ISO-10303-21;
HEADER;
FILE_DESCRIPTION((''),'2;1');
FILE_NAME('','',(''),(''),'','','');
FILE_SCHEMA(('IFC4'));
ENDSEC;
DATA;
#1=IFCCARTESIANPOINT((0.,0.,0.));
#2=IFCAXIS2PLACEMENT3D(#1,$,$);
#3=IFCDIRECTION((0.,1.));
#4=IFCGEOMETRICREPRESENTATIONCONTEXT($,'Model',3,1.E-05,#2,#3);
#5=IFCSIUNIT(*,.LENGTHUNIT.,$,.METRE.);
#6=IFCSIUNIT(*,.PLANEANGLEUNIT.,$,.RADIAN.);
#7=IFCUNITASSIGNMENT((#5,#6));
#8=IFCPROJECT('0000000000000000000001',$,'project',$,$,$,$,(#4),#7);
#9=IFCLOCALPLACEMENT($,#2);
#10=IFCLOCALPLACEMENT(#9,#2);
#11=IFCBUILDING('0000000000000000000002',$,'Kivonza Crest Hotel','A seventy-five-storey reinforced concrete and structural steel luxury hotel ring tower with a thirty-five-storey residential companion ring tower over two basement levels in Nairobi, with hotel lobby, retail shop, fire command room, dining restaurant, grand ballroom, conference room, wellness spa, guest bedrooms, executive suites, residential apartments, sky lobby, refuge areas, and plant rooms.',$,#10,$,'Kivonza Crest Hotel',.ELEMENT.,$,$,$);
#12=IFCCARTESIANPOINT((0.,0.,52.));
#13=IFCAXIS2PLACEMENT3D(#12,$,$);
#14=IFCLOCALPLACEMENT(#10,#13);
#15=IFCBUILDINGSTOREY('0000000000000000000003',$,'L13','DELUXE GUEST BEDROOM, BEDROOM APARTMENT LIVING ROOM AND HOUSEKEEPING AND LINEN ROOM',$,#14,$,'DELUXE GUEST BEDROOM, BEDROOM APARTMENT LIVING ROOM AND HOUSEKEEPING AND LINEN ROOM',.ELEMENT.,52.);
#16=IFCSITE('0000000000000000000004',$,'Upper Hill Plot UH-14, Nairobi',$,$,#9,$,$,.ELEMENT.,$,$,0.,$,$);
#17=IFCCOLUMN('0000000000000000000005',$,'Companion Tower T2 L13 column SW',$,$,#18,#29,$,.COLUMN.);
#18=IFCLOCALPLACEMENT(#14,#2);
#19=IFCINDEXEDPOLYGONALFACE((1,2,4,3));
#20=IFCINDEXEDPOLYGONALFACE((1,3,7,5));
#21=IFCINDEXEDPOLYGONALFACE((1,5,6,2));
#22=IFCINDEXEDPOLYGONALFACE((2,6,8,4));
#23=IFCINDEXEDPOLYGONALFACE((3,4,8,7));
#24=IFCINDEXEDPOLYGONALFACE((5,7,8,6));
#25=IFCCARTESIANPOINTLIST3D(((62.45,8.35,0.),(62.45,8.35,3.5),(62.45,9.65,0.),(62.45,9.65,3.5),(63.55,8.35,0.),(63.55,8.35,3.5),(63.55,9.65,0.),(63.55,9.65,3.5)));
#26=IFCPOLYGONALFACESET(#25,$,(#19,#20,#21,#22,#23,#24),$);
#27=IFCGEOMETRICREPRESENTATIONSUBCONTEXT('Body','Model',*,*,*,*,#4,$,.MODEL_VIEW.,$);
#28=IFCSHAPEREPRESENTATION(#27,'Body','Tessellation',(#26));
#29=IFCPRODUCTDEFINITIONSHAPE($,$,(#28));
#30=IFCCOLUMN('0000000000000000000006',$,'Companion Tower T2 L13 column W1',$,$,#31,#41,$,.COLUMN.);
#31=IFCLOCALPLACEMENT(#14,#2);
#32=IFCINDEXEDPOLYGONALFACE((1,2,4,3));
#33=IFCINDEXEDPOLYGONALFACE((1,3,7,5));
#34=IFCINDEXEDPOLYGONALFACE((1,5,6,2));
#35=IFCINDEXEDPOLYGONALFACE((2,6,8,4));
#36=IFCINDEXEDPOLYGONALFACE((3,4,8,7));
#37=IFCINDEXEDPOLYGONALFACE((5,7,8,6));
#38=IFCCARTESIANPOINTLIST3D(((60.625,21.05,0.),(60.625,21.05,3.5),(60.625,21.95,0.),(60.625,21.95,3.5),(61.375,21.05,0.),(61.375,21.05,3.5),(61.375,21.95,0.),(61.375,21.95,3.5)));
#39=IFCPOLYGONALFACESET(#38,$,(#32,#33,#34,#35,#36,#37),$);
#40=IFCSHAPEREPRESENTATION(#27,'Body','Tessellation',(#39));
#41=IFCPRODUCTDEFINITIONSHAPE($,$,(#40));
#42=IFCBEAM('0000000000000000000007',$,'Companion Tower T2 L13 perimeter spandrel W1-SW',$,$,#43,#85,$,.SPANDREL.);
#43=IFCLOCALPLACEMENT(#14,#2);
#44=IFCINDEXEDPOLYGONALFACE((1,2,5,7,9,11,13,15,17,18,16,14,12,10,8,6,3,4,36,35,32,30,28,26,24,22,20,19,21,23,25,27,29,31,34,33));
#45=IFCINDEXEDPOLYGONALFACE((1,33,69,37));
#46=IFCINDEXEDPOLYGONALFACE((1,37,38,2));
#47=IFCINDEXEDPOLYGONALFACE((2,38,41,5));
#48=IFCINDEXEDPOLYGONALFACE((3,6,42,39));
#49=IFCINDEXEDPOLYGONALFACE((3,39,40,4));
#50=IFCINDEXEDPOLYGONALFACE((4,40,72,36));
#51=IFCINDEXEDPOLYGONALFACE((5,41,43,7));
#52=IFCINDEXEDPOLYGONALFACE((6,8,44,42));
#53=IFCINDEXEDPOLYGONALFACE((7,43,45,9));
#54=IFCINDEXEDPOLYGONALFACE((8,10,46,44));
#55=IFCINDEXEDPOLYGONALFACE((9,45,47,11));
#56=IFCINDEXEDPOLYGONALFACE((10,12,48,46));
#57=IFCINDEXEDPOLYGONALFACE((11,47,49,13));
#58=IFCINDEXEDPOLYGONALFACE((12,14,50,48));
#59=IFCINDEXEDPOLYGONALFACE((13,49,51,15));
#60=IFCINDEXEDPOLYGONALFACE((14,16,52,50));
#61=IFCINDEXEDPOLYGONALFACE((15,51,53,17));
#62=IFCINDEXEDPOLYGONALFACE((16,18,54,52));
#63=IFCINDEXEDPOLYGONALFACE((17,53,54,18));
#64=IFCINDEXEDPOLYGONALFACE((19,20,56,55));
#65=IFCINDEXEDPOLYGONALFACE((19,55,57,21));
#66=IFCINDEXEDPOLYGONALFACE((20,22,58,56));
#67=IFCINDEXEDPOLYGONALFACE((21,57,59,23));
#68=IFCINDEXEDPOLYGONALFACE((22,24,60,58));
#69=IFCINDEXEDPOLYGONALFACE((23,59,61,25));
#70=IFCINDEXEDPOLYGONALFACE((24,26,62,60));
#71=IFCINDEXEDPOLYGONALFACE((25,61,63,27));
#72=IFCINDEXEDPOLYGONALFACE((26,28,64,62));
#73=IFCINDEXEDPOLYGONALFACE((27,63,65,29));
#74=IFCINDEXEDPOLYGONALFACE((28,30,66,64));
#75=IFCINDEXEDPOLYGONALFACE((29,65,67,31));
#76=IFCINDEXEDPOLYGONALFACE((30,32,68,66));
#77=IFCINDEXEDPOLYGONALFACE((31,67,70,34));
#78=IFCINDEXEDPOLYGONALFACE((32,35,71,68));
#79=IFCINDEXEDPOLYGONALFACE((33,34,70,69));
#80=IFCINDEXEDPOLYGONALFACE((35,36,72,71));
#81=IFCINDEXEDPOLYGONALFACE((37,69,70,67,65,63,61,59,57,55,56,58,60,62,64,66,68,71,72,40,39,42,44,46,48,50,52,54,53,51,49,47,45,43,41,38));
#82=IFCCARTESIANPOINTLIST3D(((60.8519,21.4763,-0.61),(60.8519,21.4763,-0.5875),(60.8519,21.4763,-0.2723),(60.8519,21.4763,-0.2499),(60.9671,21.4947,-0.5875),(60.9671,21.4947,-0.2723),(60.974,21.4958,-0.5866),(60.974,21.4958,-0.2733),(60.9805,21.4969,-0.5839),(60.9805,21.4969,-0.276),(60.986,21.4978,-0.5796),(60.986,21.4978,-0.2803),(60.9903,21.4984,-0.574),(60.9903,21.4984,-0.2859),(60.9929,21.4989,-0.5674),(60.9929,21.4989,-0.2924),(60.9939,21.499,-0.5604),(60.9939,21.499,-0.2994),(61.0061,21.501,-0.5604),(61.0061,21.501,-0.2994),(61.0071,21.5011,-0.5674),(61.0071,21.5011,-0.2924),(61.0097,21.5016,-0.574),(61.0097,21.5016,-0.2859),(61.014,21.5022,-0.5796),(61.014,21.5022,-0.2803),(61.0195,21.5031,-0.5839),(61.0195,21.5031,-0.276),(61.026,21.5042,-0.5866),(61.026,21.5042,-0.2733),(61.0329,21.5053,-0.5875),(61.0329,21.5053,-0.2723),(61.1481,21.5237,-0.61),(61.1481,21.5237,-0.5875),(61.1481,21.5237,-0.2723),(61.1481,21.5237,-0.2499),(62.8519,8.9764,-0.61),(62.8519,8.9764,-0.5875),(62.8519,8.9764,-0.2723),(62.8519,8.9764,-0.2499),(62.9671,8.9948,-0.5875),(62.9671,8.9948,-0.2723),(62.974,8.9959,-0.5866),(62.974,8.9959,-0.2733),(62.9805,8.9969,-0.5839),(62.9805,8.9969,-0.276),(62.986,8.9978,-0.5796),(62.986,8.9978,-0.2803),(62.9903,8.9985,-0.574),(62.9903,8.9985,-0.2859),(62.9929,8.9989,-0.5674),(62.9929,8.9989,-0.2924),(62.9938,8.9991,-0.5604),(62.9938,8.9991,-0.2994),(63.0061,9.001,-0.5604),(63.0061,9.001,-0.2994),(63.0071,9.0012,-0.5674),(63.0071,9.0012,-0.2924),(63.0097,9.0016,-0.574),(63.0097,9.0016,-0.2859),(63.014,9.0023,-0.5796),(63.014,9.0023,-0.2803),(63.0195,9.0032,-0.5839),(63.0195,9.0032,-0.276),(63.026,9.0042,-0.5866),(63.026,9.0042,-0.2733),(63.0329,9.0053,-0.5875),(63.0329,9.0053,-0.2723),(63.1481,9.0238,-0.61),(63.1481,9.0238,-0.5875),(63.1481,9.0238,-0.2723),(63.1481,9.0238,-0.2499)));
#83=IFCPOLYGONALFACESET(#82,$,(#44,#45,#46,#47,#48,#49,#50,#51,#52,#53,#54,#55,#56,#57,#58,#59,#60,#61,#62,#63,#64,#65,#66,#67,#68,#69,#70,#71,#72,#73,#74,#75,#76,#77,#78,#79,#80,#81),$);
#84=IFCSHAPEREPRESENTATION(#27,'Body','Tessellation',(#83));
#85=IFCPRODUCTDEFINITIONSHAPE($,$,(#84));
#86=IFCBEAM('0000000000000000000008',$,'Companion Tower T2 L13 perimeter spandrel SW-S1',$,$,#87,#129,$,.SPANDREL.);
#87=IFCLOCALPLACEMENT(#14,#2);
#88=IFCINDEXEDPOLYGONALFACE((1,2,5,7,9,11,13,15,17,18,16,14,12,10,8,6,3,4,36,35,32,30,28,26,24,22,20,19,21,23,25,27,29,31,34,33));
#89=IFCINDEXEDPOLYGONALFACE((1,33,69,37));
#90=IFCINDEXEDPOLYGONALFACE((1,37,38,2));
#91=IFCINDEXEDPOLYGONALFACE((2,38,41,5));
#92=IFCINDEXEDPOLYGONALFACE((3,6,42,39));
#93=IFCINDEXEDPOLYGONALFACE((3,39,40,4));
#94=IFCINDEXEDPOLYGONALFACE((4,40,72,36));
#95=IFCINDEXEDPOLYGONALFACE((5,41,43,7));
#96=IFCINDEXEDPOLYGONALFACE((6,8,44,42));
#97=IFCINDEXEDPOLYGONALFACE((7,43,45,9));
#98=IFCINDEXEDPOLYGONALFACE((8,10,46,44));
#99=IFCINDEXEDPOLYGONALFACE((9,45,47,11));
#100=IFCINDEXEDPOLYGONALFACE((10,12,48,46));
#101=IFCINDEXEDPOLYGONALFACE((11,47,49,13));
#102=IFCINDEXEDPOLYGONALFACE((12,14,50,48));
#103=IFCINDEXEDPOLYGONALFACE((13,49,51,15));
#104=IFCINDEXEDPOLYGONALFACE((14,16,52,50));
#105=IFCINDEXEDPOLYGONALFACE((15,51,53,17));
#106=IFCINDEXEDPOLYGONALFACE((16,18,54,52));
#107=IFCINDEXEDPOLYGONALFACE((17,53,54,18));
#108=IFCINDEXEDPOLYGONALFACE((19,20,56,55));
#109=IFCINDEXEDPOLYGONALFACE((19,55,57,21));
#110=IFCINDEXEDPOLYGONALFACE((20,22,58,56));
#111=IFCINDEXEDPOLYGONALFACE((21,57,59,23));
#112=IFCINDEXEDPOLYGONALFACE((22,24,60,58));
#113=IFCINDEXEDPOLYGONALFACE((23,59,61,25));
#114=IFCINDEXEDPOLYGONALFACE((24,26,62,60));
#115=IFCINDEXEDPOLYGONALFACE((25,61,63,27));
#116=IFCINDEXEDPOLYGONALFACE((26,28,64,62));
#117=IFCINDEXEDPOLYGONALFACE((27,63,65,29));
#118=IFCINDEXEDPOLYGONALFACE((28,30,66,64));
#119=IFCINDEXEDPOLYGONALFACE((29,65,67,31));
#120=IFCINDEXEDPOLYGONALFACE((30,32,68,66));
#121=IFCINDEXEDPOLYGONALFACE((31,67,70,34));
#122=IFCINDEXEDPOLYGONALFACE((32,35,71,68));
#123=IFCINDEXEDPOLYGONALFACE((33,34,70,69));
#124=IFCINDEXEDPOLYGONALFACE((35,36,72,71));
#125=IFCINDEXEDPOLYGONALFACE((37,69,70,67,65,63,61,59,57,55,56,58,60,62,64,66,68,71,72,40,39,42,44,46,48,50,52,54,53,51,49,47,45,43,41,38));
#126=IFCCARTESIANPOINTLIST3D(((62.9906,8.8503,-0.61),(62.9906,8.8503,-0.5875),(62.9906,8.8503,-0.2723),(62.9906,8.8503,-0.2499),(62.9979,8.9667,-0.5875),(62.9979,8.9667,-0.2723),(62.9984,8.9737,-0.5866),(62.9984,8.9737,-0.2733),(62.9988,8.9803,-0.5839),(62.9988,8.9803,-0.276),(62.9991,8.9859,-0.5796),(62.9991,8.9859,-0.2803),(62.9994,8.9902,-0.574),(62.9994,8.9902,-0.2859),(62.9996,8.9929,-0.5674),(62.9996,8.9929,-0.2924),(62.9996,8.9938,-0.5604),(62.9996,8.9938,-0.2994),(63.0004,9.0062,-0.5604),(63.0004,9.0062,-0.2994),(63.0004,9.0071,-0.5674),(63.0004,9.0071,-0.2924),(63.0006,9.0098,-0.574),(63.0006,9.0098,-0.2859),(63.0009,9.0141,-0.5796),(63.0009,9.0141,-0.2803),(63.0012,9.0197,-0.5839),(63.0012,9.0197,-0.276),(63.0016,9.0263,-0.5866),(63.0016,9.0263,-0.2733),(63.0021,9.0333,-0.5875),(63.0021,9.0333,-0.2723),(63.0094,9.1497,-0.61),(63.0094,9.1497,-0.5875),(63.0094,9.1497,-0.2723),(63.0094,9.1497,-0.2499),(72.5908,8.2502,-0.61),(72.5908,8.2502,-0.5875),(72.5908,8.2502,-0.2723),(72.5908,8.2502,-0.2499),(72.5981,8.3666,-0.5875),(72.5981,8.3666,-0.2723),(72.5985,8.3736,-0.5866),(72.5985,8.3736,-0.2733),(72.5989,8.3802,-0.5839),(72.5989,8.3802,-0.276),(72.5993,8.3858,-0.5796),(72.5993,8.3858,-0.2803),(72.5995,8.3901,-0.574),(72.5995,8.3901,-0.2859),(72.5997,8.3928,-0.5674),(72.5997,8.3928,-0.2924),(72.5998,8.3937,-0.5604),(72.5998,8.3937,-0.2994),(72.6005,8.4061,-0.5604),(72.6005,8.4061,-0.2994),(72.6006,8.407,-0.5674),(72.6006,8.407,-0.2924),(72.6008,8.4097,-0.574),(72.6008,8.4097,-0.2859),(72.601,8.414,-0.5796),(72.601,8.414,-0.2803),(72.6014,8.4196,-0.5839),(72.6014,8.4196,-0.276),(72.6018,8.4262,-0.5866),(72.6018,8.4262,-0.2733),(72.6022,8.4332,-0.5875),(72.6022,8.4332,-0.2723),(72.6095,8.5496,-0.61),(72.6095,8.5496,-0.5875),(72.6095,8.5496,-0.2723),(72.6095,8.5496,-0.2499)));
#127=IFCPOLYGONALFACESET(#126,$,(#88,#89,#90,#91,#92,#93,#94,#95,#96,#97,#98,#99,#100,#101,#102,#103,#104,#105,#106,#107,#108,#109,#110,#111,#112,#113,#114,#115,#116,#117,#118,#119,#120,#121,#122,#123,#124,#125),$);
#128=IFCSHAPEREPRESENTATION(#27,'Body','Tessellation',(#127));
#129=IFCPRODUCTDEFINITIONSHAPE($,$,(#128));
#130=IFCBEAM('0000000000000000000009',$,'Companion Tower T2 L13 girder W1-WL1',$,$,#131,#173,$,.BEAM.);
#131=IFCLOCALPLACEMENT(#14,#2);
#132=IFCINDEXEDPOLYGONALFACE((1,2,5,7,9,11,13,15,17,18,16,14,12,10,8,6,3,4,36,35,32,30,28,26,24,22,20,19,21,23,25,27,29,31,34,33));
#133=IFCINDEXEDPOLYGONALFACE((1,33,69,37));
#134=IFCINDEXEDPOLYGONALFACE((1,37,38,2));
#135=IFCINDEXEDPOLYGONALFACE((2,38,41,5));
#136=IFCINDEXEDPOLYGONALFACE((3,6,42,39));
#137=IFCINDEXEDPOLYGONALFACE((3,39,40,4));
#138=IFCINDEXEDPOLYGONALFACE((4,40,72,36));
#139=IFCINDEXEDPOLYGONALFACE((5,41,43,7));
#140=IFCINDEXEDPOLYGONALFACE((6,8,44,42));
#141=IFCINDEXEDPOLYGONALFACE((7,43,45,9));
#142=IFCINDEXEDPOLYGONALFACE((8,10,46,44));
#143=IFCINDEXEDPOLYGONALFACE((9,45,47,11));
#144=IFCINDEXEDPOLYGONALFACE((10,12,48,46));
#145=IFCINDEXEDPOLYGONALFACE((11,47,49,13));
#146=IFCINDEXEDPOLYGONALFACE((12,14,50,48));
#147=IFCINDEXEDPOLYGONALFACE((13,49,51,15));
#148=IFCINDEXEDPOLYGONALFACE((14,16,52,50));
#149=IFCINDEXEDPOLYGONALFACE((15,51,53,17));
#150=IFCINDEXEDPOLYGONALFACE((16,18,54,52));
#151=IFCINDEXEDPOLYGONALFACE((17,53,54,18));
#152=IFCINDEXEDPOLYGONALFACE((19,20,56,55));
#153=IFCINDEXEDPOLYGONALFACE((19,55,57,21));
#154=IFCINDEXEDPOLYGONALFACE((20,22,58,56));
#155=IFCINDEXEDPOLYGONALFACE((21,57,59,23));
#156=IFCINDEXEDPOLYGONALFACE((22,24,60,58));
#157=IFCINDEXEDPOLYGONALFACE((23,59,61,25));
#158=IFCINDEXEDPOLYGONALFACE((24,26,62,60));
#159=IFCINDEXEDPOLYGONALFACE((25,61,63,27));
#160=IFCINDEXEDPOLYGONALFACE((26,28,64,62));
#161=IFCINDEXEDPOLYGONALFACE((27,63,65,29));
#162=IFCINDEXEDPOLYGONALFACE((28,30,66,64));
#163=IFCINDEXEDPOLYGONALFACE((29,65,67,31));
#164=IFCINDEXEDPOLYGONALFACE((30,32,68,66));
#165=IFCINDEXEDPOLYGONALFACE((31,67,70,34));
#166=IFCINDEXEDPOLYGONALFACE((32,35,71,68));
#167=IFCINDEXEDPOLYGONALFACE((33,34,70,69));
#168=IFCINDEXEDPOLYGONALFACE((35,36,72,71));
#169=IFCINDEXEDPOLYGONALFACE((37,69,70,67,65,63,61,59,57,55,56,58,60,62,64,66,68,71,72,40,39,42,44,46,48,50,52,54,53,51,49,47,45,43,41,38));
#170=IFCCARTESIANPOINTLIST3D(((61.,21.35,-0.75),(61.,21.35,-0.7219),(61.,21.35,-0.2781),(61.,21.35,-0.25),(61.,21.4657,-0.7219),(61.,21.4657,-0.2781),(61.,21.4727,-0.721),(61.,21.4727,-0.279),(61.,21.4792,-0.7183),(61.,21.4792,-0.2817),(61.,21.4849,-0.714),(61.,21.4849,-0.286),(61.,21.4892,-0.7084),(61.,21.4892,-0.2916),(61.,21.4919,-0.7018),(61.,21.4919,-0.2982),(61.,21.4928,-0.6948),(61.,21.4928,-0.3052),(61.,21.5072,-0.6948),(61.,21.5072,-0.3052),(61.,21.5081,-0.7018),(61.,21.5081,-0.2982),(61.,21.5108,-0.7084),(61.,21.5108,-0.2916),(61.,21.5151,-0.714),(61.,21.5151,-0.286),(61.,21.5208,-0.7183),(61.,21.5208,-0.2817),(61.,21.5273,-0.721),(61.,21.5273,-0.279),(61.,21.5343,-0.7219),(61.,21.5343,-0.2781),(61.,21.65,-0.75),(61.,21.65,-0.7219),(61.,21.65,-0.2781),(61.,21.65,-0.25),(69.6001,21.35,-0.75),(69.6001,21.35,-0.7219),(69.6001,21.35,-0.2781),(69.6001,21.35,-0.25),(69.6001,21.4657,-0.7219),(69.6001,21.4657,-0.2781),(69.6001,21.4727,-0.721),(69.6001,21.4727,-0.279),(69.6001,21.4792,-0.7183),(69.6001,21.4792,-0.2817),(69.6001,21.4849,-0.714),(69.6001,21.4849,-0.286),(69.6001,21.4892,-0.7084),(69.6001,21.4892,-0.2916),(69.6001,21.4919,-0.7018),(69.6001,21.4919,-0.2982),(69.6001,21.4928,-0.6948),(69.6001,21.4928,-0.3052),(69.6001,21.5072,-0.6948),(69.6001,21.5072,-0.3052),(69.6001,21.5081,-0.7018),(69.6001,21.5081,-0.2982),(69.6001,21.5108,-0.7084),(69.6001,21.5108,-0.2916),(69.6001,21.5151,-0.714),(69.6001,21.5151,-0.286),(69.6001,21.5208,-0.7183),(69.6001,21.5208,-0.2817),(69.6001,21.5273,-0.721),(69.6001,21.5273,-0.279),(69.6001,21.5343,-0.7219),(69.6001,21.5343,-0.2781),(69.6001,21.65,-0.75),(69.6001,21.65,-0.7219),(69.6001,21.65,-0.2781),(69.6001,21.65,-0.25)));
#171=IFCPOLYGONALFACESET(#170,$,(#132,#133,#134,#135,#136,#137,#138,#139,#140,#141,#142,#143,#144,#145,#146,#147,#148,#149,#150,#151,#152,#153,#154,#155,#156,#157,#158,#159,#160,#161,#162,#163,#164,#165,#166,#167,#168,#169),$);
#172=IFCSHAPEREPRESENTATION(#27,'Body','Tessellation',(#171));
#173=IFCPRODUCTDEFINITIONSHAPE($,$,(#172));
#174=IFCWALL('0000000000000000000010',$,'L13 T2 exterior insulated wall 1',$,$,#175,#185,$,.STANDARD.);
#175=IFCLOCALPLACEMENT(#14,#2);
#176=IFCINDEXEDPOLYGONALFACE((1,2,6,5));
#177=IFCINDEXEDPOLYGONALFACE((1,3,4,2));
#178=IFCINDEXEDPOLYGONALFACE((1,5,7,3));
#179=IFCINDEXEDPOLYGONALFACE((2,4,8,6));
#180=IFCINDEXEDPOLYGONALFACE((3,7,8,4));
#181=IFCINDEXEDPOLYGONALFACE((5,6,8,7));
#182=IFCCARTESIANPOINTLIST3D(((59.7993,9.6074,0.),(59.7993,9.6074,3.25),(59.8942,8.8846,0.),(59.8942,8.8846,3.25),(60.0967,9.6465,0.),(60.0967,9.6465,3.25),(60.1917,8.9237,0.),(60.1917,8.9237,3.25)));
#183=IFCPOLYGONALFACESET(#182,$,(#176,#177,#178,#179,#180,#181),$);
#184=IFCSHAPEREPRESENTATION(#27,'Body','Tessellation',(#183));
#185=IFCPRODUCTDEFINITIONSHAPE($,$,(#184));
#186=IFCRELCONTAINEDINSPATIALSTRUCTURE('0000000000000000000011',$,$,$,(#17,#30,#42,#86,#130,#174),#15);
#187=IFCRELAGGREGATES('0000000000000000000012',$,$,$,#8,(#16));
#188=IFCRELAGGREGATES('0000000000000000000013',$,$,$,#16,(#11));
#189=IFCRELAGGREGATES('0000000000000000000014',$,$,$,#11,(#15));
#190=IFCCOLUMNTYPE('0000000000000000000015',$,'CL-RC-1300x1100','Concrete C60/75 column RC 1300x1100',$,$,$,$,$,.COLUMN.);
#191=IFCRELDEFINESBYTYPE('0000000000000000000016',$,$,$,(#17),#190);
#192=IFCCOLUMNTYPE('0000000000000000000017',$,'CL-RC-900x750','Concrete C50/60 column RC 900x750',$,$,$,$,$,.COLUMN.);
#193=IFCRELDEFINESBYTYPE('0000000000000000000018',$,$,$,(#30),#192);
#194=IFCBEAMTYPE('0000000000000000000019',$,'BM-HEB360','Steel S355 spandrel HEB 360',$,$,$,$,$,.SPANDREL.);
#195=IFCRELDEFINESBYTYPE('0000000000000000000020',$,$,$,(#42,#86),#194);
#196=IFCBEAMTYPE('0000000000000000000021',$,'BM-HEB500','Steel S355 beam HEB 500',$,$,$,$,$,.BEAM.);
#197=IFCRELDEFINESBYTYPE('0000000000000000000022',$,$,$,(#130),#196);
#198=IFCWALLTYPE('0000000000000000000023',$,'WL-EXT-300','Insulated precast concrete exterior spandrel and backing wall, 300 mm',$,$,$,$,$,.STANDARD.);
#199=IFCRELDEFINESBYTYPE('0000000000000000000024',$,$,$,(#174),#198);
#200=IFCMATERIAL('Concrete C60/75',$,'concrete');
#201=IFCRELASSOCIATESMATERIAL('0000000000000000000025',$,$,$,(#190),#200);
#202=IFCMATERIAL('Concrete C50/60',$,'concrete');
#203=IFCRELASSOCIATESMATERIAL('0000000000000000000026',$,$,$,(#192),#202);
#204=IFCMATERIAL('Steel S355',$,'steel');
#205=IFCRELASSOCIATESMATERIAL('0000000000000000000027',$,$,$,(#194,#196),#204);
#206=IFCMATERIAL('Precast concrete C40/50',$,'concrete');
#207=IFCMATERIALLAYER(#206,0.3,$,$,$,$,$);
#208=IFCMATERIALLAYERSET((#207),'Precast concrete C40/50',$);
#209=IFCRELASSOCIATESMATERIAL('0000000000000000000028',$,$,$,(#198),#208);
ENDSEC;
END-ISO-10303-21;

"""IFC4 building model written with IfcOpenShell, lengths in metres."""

from ifc_helpers import new_model, si_unit, direction, frame, frame_2d, origin, origin_2d, place, context, subcontext, project, spatial, rectangle, i_section, extrude, material, layer, layer_set, material_profile, profile_set, type_object, element, save


model = new_model("IFC4")

# Units and contexts
model_context = context("Model", 3, precision=1e-05, world=origin(), true_north=direction((0.0, 1.0)))
body_context = subcontext(model_context, "Body", "Model", "MODEL_VIEW")
ifc_project = project(units=[si_unit("LENGTHUNIT", "METRE"), si_unit("PLANEANGLEUNIT", "RADIAN")], contexts=[model_context])

# Site, building, storey
site_placement = place(None, origin())
site = spatial("IfcSite", under=ifc_project, at=site_placement, Name="Upper Hill Plot UH-14, Nairobi", CompositionType="ELEMENT", RefElevation=0.0)
building_placement = place(site_placement, origin())
building = spatial("IfcBuilding", under=site, at=building_placement, Name="Kivonza Crest Hotel", Description="A seventy-five-storey reinforced concrete and structural steel luxury hotel ring tower with a thirty-five-storey residential companion ring tower over two basement levels in Nairobi, with hotel lobby, retail shop, fire command room, dining restaurant, grand ballroom, conference room, wellness spa, guest bedrooms, executive suites, residential apartments, sky lobby, refuge areas, and plant rooms.", LongName="Kivonza Crest Hotel", CompositionType="ELEMENT")
storey_placement = place(building_placement, frame((0.0, 0.0, 52.0)))
storey = spatial("IfcBuildingStorey", under=building, at=storey_placement, Name="L13", Description="DELUXE GUEST BEDROOM, BEDROOM APARTMENT LIVING ROOM AND HOUSEKEEPING AND LINEN ROOM", LongName="DELUXE GUEST BEDROOM, BEDROOM APARTMENT LIVING ROOM AND HOUSEKEEPING AND LINEN ROOM", CompositionType="ELEMENT", Elevation=52.0)

# Columns
ifc_material_1 = material(Name="Concrete C60/75", Category="concrete")
ifc_material_profile_1 = material_profile(ifc_material_1, rectangle(XDim=1.1001, YDim=1.3, at=origin_2d()), Name="RC 1300x1100")
ifc_profile_set_1 = profile_set([ifc_material_profile_1], Name="Concrete C60/75")
column_type_1 = type_object("IfcColumnType", Name="CL-RC-1300x1100", Description="Concrete C60/75 column RC 1300x1100", PredefinedType="COLUMN", material=ifc_profile_set_1)
column_1_placement = place(storey_placement, frame((63.0, 9.0, 0.0), z_axis=(0.0, 0.0, 1.0), x_axis=(1.0, 0.0, 0.0)))
element("IfcColumn", 1, at=column_1_placement, inside=storey, type_object=column_type_1, Name="Companion Tower T2 L13 column SW", PredefinedType="COLUMN", context=body_context, shape_type="SweptSolid", body=[
    extrude(rectangle(XDim=1.1001, YDim=1.3, at=origin_2d()), origin(), (0.0, 0.0, 1.0), 3.5),
])
ifc_material_2 = material(Name="Concrete C50/60", Category="concrete")
ifc_material_profile_2 = material_profile(ifc_material_2, rectangle(XDim=0.75, YDim=0.8999, at=origin_2d()), Name="RC 900x750")
ifc_profile_set_2 = profile_set([ifc_material_profile_2], Name="Concrete C50/60")
column_type_2 = type_object("IfcColumnType", Name="CL-RC-900x750", Description="Concrete C50/60 column RC 900x750", PredefinedType="COLUMN", material=ifc_profile_set_2)
column_2_placement = place(storey_placement, frame((61.0, 21.5, 0.0), z_axis=(0.0, 0.0, 1.0), x_axis=(1.0, 0.0, 0.0)))
element("IfcColumn", 2, at=column_2_placement, inside=storey, type_object=column_type_2, Name="Companion Tower T2 L13 column W1", PredefinedType="COLUMN", context=body_context, shape_type="SweptSolid", body=[
    extrude(rectangle(XDim=0.75, YDim=0.8999, at=origin_2d()), origin(), (0.0, 0.0, 1.0), 3.5),
])

# Beams
ifc_material_3 = material(Name="Steel S355", Category="steel")
ifc_material_profile_3 = material_profile(ifc_material_3, i_section(OverallWidth=0.3, OverallDepth=0.3601, WebThickness=0.0125, FlangeThickness=0.0225, FilletRadius=0.0271, at=origin_2d()), Name="HEB 360")
ifc_profile_set_3 = profile_set([ifc_material_profile_3], Name="Steel S355")
beam_type_1 = type_object("IfcBeamType", Name="BM-HEB360", Description="Steel S355 spandrel HEB 360", PredefinedType="SPANDREL", material=ifc_profile_set_3)
beam_1_placement = place(storey_placement, frame((61.0, 21.5, -0.4299), z_axis=(0.157991, -0.987441, 0.0), x_axis=(0.987441, 0.157991, 0.0)))
element("IfcBeam", 3, at=beam_1_placement, inside=storey, type_object=beam_type_1, Name="Companion Tower T2 L13 perimeter spandrel W1-SW", PredefinedType="SPANDREL", context=body_context, shape_type="SweptSolid", body=[
    extrude(i_section(OverallWidth=0.3, OverallDepth=0.3601, WebThickness=0.0125, FlangeThickness=0.0225, FilletRadius=0.0271, at=origin_2d()), origin(), (0.0, 0.0, 1.0), 12.6589),
])
beam_2_placement = place(storey_placement, frame((63.0, 9.0, -0.4299), z_axis=(0.998052, -0.062388, 0.0), x_axis=(0.062388, 0.998052, 0.0)))
element("IfcBeam", 4, at=beam_2_placement, inside=storey, type_object=beam_type_1, Name="Companion Tower T2 L13 perimeter spandrel SW-S1", PredefinedType="SPANDREL", context=body_context, shape_type="SweptSolid", body=[
    extrude(i_section(OverallWidth=0.3, OverallDepth=0.3601, WebThickness=0.0125, FlangeThickness=0.0225, FilletRadius=0.0271, at=origin_2d()), origin(), (0.0, 0.0, 1.0), 9.6189),
])
ifc_material_profile_4 = material_profile(ifc_material_3, i_section(OverallWidth=0.3, OverallDepth=0.5, WebThickness=0.0144, FlangeThickness=0.0281, FilletRadius=0.0271, at=origin_2d()), Name="HEB 500")
ifc_profile_set_4 = profile_set([ifc_material_profile_4], Name="Steel S355")
beam_type_2 = type_object("IfcBeamType", Name="BM-HEB500", Description="Steel S355 beam HEB 500", PredefinedType="BEAM", material=ifc_profile_set_4)
beam_3_placement = place(storey_placement, frame((61.0, 21.5, -0.5), z_axis=(1.0, 0.0, 0.0), x_axis=(0.0, 1.0, 0.0)))
element("IfcBeam", 5, at=beam_3_placement, inside=storey, type_object=beam_type_2, Name="Companion Tower T2 L13 girder W1-WL1", PredefinedType="BEAM", context=body_context, shape_type="SweptSolid", body=[
    extrude(i_section(OverallWidth=0.3, OverallDepth=0.5, WebThickness=0.0144, FlangeThickness=0.0281, FilletRadius=0.0271, at=origin_2d()), origin(), (0.0, 0.0, 1.0), 8.6001),
])

# Wall
ifc_material_4 = material(Name="Precast concrete C40/50", Category="concrete")
ifc_layer_1 = layer(ifc_material_4, 0.3)
ifc_layer_set_1 = layer_set([ifc_layer_1], Name="Precast concrete C40/50")
wall_type_1 = type_object("IfcWallType", Name="WL-EXT-300", Description="Insulated precast concrete exterior spandrel and backing wall, 300 mm", PredefinedType="STANDARD", material=ifc_layer_set_1)
wall_1_placement = place(storey_placement, frame((59.948, 9.627, 0.0), z_axis=(0.0, 0.0, 1.0), x_axis=(0.130255, -0.99148, 0.0)))
element("IfcWall", 6, at=wall_1_placement, inside=storey, type_object=wall_type_1, Name="L13 T2 exterior insulated wall 1", PredefinedType="STANDARD", context=body_context, shape_type="SweptSolid", body=[
    extrude(rectangle(XDim=0.729, YDim=0.3, at=frame_2d((0.3645, 0.0))), origin(), (0.0, 0.0, 1.0), 3.25),
])

save(model, "model.ifc")
